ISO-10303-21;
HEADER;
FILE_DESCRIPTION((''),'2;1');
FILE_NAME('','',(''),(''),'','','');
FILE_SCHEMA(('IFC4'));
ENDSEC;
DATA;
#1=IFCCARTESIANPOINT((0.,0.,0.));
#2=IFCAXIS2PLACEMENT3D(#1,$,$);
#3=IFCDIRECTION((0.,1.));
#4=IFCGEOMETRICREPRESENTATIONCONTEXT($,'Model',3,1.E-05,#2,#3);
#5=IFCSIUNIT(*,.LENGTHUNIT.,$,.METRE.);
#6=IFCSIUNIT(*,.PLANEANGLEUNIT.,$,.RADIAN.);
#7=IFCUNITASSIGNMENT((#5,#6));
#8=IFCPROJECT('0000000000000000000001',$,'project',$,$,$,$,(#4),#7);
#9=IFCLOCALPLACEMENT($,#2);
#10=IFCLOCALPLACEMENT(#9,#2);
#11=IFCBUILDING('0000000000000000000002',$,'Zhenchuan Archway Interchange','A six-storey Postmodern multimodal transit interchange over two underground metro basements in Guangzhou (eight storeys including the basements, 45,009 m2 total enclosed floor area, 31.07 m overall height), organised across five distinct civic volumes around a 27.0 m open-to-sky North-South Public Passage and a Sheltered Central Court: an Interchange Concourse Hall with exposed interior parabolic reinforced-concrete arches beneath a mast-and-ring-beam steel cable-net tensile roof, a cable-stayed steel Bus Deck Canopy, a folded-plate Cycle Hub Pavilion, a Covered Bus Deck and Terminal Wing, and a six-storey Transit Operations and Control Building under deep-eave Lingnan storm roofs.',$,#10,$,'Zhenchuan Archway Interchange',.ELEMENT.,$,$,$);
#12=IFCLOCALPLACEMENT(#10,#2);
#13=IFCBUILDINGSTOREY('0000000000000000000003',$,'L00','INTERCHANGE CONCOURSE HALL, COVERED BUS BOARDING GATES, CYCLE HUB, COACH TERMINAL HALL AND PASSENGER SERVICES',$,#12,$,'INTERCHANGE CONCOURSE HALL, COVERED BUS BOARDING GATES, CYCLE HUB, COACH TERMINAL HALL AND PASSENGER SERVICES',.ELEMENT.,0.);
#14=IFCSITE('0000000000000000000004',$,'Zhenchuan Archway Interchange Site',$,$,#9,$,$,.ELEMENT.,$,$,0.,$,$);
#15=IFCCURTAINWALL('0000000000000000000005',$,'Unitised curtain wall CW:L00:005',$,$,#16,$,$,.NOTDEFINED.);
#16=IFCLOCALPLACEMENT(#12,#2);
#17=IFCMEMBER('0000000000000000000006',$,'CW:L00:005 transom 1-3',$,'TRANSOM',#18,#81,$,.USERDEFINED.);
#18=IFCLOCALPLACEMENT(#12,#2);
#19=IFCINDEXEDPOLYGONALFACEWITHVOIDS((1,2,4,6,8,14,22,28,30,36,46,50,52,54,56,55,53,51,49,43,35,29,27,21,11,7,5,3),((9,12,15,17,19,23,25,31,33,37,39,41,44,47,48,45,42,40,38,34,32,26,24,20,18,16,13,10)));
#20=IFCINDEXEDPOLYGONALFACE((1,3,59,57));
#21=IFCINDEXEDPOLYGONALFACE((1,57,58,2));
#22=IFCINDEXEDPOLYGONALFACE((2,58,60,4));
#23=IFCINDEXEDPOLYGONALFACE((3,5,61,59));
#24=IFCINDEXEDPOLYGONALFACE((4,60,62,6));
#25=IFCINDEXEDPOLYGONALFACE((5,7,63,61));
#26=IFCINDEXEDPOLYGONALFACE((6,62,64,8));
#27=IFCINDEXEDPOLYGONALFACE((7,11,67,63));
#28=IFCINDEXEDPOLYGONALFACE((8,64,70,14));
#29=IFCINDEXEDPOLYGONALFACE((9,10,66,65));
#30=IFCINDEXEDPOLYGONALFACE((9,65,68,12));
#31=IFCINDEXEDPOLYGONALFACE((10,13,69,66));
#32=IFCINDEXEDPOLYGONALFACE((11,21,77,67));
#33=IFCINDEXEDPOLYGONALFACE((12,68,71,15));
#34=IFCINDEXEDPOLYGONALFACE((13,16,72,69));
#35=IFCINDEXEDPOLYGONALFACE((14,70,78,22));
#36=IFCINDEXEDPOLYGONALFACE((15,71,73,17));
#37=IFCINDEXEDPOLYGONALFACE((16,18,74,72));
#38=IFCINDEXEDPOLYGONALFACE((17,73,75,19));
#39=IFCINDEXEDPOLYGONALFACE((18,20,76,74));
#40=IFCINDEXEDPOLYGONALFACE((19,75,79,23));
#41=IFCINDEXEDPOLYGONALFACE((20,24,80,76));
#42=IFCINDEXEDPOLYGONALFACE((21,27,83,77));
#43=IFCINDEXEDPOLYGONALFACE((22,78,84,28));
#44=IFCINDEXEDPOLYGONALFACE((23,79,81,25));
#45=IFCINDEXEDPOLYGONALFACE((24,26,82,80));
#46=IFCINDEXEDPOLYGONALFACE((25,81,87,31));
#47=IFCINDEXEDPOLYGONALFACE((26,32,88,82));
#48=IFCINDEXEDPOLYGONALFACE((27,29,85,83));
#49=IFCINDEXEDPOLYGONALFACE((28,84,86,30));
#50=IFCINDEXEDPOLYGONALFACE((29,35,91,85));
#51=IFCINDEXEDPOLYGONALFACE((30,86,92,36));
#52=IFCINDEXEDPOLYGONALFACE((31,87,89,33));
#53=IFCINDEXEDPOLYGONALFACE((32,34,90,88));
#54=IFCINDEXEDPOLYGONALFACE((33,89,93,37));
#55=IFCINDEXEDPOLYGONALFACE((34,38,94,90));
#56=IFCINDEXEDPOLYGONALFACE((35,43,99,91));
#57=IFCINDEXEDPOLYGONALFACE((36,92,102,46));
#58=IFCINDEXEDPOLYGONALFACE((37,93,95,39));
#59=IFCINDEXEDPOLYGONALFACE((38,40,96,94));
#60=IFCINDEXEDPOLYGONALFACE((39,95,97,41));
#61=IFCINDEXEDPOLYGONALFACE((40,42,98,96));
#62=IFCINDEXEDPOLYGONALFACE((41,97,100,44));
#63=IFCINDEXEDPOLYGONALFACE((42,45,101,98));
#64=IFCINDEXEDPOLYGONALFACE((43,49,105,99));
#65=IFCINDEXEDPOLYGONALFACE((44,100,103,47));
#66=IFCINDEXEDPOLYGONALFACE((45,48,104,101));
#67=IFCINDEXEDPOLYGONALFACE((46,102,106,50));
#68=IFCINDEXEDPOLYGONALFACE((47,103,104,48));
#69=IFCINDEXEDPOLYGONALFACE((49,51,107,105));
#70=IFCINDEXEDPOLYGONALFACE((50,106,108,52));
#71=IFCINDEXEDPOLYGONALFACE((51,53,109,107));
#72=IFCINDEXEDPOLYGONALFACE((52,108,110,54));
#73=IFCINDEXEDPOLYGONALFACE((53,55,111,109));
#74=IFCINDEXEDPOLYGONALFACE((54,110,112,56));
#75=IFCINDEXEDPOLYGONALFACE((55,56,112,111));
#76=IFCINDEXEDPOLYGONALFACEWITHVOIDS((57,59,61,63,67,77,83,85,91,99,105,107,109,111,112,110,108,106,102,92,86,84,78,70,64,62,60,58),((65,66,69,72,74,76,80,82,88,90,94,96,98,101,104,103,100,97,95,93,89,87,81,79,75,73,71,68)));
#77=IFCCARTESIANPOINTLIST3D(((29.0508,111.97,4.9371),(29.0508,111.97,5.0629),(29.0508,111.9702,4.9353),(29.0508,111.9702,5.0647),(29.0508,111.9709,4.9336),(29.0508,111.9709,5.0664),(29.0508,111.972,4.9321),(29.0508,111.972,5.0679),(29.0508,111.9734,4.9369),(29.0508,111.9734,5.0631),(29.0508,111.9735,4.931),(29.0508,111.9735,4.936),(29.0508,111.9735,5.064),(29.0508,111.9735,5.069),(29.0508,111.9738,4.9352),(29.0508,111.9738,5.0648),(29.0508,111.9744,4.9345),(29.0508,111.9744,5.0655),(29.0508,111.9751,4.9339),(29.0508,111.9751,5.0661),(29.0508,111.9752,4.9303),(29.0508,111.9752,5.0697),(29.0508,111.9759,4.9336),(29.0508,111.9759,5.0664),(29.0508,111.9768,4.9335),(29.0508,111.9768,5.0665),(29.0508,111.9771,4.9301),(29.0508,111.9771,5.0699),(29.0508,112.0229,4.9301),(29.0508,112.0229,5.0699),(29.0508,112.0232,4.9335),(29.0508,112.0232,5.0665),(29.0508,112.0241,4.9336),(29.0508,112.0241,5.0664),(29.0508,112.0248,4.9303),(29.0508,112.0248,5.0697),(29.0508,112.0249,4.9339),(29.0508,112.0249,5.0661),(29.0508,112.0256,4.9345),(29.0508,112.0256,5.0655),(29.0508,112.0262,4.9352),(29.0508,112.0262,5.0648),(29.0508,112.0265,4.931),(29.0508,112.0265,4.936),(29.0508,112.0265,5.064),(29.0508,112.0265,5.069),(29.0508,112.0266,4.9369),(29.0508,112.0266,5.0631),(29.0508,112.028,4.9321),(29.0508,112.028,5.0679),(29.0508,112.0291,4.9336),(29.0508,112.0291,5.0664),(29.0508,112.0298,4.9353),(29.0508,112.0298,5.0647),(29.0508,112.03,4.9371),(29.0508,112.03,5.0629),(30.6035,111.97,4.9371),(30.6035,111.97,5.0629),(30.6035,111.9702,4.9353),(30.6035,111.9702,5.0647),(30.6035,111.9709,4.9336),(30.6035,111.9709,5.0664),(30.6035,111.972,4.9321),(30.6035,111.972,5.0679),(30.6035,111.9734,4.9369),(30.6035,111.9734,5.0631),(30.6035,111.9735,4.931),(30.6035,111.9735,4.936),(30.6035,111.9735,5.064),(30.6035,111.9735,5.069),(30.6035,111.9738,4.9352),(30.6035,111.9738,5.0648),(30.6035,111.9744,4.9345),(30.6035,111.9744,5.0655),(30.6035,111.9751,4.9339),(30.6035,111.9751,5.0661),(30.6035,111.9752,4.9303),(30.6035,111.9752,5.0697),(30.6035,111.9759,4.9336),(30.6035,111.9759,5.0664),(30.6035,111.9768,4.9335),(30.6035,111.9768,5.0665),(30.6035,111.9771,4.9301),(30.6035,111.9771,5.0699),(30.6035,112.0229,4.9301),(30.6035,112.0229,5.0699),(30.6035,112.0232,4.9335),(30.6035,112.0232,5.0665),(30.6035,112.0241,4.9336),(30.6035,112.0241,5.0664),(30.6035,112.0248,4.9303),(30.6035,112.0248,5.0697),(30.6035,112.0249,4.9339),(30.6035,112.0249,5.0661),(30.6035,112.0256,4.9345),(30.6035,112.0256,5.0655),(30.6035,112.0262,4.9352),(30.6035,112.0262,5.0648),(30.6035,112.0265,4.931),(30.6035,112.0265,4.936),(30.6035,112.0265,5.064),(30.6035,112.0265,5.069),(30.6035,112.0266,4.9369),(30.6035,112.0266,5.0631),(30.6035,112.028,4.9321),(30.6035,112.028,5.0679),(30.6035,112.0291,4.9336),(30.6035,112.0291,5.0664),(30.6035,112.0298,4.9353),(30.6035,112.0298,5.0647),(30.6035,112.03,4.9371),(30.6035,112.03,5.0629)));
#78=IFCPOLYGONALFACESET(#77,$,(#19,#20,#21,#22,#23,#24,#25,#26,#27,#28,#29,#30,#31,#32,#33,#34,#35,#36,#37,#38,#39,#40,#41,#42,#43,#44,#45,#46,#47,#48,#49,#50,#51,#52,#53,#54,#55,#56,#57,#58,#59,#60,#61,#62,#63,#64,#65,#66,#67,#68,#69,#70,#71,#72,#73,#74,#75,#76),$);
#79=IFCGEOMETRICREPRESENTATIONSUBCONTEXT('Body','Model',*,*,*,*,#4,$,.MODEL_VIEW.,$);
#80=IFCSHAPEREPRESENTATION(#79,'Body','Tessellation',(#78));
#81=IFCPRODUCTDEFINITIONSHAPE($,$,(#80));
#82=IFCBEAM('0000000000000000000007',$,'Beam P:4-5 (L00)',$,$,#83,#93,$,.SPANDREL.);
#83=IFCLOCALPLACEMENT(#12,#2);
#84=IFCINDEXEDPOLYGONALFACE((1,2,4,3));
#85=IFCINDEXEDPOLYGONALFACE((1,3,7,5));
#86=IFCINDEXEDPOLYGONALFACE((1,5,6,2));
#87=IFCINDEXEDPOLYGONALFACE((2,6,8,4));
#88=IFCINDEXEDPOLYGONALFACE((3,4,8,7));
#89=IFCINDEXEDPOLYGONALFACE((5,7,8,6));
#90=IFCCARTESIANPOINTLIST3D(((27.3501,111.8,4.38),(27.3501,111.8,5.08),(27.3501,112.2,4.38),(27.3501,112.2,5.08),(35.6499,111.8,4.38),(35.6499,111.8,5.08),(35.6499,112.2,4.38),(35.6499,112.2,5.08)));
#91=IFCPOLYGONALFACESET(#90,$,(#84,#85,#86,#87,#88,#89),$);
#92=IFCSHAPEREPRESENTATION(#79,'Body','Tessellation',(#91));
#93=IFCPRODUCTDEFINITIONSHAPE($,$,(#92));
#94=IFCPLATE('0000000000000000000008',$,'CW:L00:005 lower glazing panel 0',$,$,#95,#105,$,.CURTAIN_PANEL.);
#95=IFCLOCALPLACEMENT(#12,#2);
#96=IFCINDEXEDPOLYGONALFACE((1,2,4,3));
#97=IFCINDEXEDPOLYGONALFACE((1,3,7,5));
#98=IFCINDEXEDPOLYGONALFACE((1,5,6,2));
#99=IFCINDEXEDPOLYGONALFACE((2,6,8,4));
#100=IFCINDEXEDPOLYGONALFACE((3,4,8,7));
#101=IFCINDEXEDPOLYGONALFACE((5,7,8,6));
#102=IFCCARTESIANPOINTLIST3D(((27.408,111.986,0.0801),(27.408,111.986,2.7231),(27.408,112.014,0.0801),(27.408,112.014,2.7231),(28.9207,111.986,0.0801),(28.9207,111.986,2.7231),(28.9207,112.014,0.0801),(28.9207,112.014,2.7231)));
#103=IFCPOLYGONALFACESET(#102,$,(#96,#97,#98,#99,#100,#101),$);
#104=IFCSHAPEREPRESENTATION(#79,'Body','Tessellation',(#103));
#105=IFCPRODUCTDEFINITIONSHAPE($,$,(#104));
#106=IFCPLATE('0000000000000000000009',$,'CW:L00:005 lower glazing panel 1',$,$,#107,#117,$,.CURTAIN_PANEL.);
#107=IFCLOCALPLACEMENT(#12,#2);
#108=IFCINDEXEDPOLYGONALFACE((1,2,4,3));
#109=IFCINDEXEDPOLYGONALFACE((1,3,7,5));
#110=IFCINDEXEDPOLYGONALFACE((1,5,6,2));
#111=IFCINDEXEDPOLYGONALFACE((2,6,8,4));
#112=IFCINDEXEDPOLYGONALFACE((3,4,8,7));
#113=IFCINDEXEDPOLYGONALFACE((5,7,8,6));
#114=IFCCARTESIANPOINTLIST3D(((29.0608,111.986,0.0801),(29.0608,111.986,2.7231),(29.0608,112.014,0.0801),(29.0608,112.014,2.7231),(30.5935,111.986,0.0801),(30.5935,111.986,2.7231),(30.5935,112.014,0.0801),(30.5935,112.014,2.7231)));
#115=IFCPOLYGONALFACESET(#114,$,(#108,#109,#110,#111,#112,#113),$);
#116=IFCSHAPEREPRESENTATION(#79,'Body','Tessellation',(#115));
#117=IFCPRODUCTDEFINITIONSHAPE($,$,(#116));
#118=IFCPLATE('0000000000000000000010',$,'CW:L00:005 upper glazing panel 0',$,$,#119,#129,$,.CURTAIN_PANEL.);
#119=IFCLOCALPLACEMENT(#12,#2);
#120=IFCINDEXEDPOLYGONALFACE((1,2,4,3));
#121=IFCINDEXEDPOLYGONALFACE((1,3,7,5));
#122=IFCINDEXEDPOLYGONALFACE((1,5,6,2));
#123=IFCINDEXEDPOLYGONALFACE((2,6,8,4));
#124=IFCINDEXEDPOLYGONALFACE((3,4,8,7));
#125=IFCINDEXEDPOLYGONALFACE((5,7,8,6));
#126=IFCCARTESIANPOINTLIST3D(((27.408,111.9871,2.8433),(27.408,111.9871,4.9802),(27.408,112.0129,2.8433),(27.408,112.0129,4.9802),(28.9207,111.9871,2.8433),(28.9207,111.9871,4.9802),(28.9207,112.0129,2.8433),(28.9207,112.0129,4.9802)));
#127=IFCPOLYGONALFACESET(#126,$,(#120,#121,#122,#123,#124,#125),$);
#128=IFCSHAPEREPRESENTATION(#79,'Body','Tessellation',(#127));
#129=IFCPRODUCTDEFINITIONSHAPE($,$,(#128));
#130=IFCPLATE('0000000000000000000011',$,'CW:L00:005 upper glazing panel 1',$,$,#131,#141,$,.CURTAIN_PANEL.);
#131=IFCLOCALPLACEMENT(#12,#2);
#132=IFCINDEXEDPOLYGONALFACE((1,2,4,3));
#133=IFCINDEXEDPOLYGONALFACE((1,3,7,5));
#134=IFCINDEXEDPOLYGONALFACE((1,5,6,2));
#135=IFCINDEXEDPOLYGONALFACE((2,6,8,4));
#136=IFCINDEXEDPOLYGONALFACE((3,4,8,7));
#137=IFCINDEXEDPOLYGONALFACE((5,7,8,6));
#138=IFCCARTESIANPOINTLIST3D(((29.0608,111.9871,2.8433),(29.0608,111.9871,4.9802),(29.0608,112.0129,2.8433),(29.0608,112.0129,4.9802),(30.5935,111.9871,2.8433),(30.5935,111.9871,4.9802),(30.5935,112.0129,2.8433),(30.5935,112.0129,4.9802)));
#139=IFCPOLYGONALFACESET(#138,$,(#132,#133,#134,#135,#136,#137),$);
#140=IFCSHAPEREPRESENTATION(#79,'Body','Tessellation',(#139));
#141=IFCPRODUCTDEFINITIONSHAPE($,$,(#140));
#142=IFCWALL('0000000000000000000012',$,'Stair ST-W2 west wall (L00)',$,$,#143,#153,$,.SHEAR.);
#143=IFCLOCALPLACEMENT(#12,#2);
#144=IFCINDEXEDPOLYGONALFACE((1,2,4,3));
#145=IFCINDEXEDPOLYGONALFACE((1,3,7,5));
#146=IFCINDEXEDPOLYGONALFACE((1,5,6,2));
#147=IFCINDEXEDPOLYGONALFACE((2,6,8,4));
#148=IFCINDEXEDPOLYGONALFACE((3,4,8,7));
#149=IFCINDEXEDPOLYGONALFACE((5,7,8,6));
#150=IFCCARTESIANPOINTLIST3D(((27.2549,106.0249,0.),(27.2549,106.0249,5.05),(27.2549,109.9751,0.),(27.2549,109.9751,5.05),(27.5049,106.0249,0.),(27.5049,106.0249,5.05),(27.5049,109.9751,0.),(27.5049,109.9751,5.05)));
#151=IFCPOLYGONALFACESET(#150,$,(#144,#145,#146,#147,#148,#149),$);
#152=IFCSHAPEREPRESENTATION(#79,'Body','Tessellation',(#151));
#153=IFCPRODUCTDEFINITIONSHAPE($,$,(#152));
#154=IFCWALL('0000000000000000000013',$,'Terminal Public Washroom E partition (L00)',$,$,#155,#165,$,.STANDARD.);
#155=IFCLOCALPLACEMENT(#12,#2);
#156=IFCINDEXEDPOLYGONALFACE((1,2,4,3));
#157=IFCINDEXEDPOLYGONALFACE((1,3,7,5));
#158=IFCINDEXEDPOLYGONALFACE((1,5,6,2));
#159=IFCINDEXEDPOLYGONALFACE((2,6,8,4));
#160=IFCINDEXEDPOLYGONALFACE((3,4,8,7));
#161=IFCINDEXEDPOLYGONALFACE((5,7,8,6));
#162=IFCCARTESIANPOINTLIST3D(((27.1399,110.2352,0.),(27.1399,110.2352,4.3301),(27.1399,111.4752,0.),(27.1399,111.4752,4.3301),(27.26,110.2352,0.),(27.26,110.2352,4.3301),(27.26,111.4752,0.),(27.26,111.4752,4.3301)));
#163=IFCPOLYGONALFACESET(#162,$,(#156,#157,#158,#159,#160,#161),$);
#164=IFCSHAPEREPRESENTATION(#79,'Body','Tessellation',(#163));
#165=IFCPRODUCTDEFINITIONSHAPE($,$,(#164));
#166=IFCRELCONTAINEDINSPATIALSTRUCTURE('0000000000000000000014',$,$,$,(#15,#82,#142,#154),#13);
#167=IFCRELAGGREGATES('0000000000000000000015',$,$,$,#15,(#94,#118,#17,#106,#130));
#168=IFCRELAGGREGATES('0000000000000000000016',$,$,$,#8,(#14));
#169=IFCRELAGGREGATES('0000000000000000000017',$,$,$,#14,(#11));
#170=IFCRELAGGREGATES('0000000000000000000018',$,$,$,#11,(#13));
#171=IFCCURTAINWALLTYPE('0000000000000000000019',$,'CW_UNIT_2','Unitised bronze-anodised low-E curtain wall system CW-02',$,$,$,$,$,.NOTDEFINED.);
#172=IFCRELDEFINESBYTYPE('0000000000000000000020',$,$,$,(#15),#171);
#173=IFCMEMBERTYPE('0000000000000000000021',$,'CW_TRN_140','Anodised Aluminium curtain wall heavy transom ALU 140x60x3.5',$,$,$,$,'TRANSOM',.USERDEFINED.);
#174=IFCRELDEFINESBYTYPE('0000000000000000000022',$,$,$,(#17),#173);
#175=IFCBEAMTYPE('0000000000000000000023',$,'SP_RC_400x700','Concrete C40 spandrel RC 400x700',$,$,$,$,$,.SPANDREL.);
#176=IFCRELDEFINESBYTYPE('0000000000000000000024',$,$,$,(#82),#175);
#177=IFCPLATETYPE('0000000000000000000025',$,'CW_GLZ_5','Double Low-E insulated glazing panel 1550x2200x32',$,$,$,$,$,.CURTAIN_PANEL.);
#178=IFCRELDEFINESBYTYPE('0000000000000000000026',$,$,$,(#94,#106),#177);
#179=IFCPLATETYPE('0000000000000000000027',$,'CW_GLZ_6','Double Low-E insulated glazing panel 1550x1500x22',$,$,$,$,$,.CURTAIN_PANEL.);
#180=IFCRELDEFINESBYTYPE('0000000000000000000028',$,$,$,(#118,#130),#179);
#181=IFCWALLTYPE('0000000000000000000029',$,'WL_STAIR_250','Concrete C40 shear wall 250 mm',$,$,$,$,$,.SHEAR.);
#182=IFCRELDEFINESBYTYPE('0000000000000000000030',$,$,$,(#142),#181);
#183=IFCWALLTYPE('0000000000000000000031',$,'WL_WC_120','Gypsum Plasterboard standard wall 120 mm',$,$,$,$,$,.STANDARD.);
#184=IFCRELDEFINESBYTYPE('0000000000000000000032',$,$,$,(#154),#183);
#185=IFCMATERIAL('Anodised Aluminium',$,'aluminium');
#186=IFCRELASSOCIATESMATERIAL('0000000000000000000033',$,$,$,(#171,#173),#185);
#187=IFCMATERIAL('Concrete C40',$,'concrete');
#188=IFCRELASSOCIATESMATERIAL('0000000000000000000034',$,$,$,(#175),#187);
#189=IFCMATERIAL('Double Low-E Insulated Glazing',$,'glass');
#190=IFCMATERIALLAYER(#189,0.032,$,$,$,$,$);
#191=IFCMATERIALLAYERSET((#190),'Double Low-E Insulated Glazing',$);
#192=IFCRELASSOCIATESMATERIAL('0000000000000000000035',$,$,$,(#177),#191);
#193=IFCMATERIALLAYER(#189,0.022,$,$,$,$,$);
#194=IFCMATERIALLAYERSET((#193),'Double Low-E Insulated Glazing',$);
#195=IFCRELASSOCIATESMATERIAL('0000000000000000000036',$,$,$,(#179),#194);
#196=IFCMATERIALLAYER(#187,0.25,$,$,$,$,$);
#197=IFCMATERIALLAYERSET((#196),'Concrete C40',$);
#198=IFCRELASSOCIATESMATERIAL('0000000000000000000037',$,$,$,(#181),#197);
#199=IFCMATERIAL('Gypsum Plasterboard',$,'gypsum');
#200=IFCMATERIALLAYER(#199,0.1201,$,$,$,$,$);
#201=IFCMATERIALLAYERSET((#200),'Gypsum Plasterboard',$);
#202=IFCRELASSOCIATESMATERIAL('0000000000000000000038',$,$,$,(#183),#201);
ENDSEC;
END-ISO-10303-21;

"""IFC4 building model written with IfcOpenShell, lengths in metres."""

from ifc_helpers import new_model, si_unit, direction, frame, frame_2d, origin, origin_2d, place, context, subcontext, project, spatial, rectangle, hollow_rectangle, extrude, material, layer, layer_set, material_profile, profile_set, type_object, element, aggregate, save


model = new_model("IFC4")

# Units and contexts
model_context = context("Model", 3, precision=1e-05, world=origin(), true_north=direction((0.0, 1.0)))
body_context = subcontext(model_context, "Body", "Model", "MODEL_VIEW")
ifc_project = project(units=[si_unit("LENGTHUNIT", "METRE"), si_unit("PLANEANGLEUNIT", "RADIAN")], contexts=[model_context])

# Site, building, storey
site_placement = place(None, origin())
site = spatial("IfcSite", under=ifc_project, at=site_placement, Name="Zhenchuan Archway Interchange Site", CompositionType="ELEMENT", RefElevation=0.0)
building_placement = place(site_placement, origin())
building = spatial("IfcBuilding", under=site, at=building_placement, Name="Zhenchuan Archway Interchange", Description="A six-storey Postmodern multimodal transit interchange over two underground metro basements in Guangzhou (eight storeys including the basements, 45,009 m2 total enclosed floor area, 31.07 m overall height), organised across five distinct civic volumes around a 27.0 m open-to-sky North-South Public Passage and a Sheltered Central Court: an Interchange Concourse Hall with exposed interior parabolic reinforced-concrete arches beneath a mast-and-ring-beam steel cable-net tensile roof, a cable-stayed steel Bus Deck Canopy, a folded-plate Cycle Hub Pavilion, a Covered Bus Deck and Terminal Wing, and a six-storey Transit Operations and Control Building under deep-eave Lingnan storm roofs.", LongName="Zhenchuan Archway Interchange", CompositionType="ELEMENT")
storey_placement = place(building_placement, origin())
storey = spatial("IfcBuildingStorey", under=building, at=storey_placement, Name="L00", Description="INTERCHANGE CONCOURSE HALL, COVERED BUS BOARDING GATES, CYCLE HUB, COACH TERMINAL HALL AND PASSENGER SERVICES", LongName="INTERCHANGE CONCOURSE HALL, COVERED BUS BOARDING GATES, CYCLE HUB, COACH TERMINAL HALL AND PASSENGER SERVICES", CompositionType="ELEMENT", Elevation=0.0)

# Shared definitions
ifc_material_1 = material(Name="Concrete C40", Category="concrete")

# Curtain wall, member
ifc_material_2 = material(Name="Anodised Aluminium", Category="aluminium")
curtain_wall_type = type_object("IfcCurtainWallType", Name="CW_UNIT_2", Description="Unitised bronze-anodised low-E curtain wall system CW-02", PredefinedType="NOTDEFINED", material=ifc_material_2)
curtain_wall_placement = place(storey_placement, origin())
curtain_wall = element("IfcCurtainWall", 1, at=curtain_wall_placement, inside=storey, type_object=curtain_wall_type, Name="Unitised curtain wall CW:L00:005", PredefinedType="NOTDEFINED")
ifc_material_profile_1 = material_profile(ifc_material_2, hollow_rectangle(XDim=0.0601, YDim=0.1399, WallThickness=0.0034, InnerFilletRadius=0.0034, OuterFilletRadius=0.0071, at=origin_2d()), Name="ALU 140x60x3.5")
ifc_profile_set_1 = profile_set([ifc_material_profile_1], Name="Anodised Aluminium")
member_type_1 = type_object("IfcMemberType", Name="CW_TRN_140", Description="Anodised Aluminium curtain wall heavy transom ALU 140x60x3.5", ElementType="TRANSOM", PredefinedType="USERDEFINED", material=ifc_profile_set_1)
member_1_placement = place(storey_placement, frame((29.0508, 112.0, 5.0), z_axis=(1.0, 0.0, 0.0), x_axis=(0.0, 1.0, 0.0)))
member_1 = element("IfcMember", 2, at=member_1_placement, type_object=member_type_1, Name="CW:L00:005 transom 1-3", ObjectType="TRANSOM", PredefinedType="USERDEFINED", context=body_context, shape_type="SweptSolid", body=[
    extrude(hollow_rectangle(XDim=0.0601, YDim=0.1399, WallThickness=0.0034, InnerFilletRadius=0.0034, OuterFilletRadius=0.0071, at=origin_2d()), origin(), (0.0, 0.0, 1.0), 1.5527),
])

# Beam
ifc_material_profile_2 = material_profile(ifc_material_1, rectangle(XDim=0.3999, YDim=0.7, at=origin_2d()), Name="RC 400x700")
ifc_profile_set_2 = profile_set([ifc_material_profile_2], Name="Concrete C40")
beam_type = type_object("IfcBeamType", Name="SP_RC_400x700", Description="Concrete C40 spandrel RC 400x700", PredefinedType="SPANDREL", material=ifc_profile_set_2)
beam_placement = place(storey_placement, frame((27.3501, 112.0, 4.73), z_axis=(1.0, 0.0, 0.0), x_axis=(0.0, 1.0, 0.0)))
element("IfcBeam", 3, at=beam_placement, inside=storey, type_object=beam_type, Name="Beam P:4-5 (L00)", PredefinedType="SPANDREL", context=body_context, shape_type="SweptSolid", body=[
    extrude(rectangle(XDim=0.3999, YDim=0.7, at=origin_2d()), origin(), (0.0, 0.0, 1.0), 8.2998),
])

# Plates
ifc_material_3 = material(Name="Double Low-E Insulated Glazing", Category="glass")
ifc_layer_1 = layer(ifc_material_3, 0.032)
ifc_layer_set_1 = layer_set([ifc_layer_1], Name="Double Low-E Insulated Glazing")
plate_type_1 = type_object("IfcPlateType", Name="CW_GLZ_5", Description="Double Low-E insulated glazing panel 1550x2200x32", PredefinedType="CURTAIN_PANEL", material=ifc_layer_set_1)
plate_1_placement = place(storey_placement, frame((28.1643, 112.0, 0.0801), z_axis=(0.0, 0.0, 1.0), x_axis=(1.0, 0.0, 0.0)))
plate_1 = element("IfcPlate", 4, at=plate_1_placement, type_object=plate_type_1, Name="CW:L00:005 lower glazing panel 0", PredefinedType="CURTAIN_PANEL", context=body_context, shape_type="SweptSolid", body=[
    extrude(rectangle(XDim=1.5127, YDim=0.0281, at=origin_2d()), origin(), (0.0, 0.0, 1.0), 2.6431),
])
plate_2_placement = place(storey_placement, frame((29.8271, 112.0, 0.0801), z_axis=(0.0, 0.0, 1.0), x_axis=(1.0, 0.0, 0.0)))
plate_2 = element("IfcPlate", 5, at=plate_2_placement, type_object=plate_type_1, Name="CW:L00:005 lower glazing panel 1", PredefinedType="CURTAIN_PANEL", context=body_context, shape_type="SweptSolid", body=[
    extrude(rectangle(XDim=1.5327, YDim=0.0281, at=origin_2d()), origin(), (0.0, 0.0, 1.0), 2.6431),
])
ifc_layer_2 = layer(ifc_material_3, 0.022)
ifc_layer_set_2 = layer_set([ifc_layer_2], Name="Double Low-E Insulated Glazing")
plate_type_2 = type_object("IfcPlateType", Name="CW_GLZ_6", Description="Double Low-E insulated glazing panel 1550x1500x22", PredefinedType="CURTAIN_PANEL", material=ifc_layer_set_2)
plate_3_placement = place(storey_placement, frame((28.1643, 112.0, 2.8433), z_axis=(0.0, 0.0, 1.0), x_axis=(1.0, 0.0, 0.0)))
plate_3 = element("IfcPlate", 6, at=plate_3_placement, type_object=plate_type_2, Name="CW:L00:005 upper glazing panel 0", PredefinedType="CURTAIN_PANEL", context=body_context, shape_type="SweptSolid", body=[
    extrude(rectangle(XDim=1.5127, YDim=0.0259, at=origin_2d()), origin(), (0.0, 0.0, 1.0), 2.137),
])
plate_4_placement = place(storey_placement, frame((29.8271, 112.0, 2.8433), z_axis=(0.0, 0.0, 1.0), x_axis=(1.0, 0.0, 0.0)))
plate_4 = element("IfcPlate", 7, at=plate_4_placement, type_object=plate_type_2, Name="CW:L00:005 upper glazing panel 1", PredefinedType="CURTAIN_PANEL", context=body_context, shape_type="SweptSolid", body=[
    extrude(rectangle(XDim=1.5327, YDim=0.0259, at=origin_2d()), origin(), (0.0, 0.0, 1.0), 2.137),
])
aggregate(curtain_wall, [plate_1, plate_3, member_1, plate_2, plate_4])

# Walls
ifc_layer_3 = layer(ifc_material_1, 0.25)
ifc_layer_set_3 = layer_set([ifc_layer_3], Name="Concrete C40")
wall_type_1 = type_object("IfcWallType", Name="WL_STAIR_250", Description="Concrete C40 shear wall 250 mm", PredefinedType="SHEAR", material=ifc_layer_set_3)
wall_1_placement = place(storey_placement, frame((27.3799, 109.9751, 0.0), z_axis=(0.0, 0.0, 1.0), x_axis=(0.0, -1.0, 0.0)))
element("IfcWall", 8, at=wall_1_placement, inside=storey, type_object=wall_type_1, Name="Stair ST-W2 west wall (L00)", PredefinedType="SHEAR", context=body_context, shape_type="SweptSolid", body=[
    extrude(rectangle(XDim=3.9502, YDim=0.25, at=frame_2d((1.9751, 0.0))), origin(), (0.0, 0.0, 1.0), 5.05),
])
ifc_material_4 = material(Name="Gypsum Plasterboard", Category="gypsum")
ifc_layer_4 = layer(ifc_material_4, 0.1201)
ifc_layer_set_4 = layer_set([ifc_layer_4], Name="Gypsum Plasterboard")
wall_type_2 = type_object("IfcWallType", Name="WL_WC_120", Description="Gypsum Plasterboard standard wall 120 mm", PredefinedType="STANDARD", material=ifc_layer_set_4)
wall_2_placement = place(storey_placement, frame((27.2, 110.2351, 0.0), z_axis=(0.0, 0.0, 1.0), x_axis=(0.0, 1.0, 0.0)))
element("IfcWall", 9, at=wall_2_placement, inside=storey, type_object=wall_type_2, Name="Terminal Public Washroom E partition (L00)", PredefinedType="STANDARD", context=body_context, shape_type="SweptSolid", body=[
    extrude(rectangle(XDim=1.24, YDim=0.1201, at=frame_2d((0.6201, 0.0))), origin(), (0.0, 0.0, 1.0), 4.3301),
])

save(model, "model.ifc")
